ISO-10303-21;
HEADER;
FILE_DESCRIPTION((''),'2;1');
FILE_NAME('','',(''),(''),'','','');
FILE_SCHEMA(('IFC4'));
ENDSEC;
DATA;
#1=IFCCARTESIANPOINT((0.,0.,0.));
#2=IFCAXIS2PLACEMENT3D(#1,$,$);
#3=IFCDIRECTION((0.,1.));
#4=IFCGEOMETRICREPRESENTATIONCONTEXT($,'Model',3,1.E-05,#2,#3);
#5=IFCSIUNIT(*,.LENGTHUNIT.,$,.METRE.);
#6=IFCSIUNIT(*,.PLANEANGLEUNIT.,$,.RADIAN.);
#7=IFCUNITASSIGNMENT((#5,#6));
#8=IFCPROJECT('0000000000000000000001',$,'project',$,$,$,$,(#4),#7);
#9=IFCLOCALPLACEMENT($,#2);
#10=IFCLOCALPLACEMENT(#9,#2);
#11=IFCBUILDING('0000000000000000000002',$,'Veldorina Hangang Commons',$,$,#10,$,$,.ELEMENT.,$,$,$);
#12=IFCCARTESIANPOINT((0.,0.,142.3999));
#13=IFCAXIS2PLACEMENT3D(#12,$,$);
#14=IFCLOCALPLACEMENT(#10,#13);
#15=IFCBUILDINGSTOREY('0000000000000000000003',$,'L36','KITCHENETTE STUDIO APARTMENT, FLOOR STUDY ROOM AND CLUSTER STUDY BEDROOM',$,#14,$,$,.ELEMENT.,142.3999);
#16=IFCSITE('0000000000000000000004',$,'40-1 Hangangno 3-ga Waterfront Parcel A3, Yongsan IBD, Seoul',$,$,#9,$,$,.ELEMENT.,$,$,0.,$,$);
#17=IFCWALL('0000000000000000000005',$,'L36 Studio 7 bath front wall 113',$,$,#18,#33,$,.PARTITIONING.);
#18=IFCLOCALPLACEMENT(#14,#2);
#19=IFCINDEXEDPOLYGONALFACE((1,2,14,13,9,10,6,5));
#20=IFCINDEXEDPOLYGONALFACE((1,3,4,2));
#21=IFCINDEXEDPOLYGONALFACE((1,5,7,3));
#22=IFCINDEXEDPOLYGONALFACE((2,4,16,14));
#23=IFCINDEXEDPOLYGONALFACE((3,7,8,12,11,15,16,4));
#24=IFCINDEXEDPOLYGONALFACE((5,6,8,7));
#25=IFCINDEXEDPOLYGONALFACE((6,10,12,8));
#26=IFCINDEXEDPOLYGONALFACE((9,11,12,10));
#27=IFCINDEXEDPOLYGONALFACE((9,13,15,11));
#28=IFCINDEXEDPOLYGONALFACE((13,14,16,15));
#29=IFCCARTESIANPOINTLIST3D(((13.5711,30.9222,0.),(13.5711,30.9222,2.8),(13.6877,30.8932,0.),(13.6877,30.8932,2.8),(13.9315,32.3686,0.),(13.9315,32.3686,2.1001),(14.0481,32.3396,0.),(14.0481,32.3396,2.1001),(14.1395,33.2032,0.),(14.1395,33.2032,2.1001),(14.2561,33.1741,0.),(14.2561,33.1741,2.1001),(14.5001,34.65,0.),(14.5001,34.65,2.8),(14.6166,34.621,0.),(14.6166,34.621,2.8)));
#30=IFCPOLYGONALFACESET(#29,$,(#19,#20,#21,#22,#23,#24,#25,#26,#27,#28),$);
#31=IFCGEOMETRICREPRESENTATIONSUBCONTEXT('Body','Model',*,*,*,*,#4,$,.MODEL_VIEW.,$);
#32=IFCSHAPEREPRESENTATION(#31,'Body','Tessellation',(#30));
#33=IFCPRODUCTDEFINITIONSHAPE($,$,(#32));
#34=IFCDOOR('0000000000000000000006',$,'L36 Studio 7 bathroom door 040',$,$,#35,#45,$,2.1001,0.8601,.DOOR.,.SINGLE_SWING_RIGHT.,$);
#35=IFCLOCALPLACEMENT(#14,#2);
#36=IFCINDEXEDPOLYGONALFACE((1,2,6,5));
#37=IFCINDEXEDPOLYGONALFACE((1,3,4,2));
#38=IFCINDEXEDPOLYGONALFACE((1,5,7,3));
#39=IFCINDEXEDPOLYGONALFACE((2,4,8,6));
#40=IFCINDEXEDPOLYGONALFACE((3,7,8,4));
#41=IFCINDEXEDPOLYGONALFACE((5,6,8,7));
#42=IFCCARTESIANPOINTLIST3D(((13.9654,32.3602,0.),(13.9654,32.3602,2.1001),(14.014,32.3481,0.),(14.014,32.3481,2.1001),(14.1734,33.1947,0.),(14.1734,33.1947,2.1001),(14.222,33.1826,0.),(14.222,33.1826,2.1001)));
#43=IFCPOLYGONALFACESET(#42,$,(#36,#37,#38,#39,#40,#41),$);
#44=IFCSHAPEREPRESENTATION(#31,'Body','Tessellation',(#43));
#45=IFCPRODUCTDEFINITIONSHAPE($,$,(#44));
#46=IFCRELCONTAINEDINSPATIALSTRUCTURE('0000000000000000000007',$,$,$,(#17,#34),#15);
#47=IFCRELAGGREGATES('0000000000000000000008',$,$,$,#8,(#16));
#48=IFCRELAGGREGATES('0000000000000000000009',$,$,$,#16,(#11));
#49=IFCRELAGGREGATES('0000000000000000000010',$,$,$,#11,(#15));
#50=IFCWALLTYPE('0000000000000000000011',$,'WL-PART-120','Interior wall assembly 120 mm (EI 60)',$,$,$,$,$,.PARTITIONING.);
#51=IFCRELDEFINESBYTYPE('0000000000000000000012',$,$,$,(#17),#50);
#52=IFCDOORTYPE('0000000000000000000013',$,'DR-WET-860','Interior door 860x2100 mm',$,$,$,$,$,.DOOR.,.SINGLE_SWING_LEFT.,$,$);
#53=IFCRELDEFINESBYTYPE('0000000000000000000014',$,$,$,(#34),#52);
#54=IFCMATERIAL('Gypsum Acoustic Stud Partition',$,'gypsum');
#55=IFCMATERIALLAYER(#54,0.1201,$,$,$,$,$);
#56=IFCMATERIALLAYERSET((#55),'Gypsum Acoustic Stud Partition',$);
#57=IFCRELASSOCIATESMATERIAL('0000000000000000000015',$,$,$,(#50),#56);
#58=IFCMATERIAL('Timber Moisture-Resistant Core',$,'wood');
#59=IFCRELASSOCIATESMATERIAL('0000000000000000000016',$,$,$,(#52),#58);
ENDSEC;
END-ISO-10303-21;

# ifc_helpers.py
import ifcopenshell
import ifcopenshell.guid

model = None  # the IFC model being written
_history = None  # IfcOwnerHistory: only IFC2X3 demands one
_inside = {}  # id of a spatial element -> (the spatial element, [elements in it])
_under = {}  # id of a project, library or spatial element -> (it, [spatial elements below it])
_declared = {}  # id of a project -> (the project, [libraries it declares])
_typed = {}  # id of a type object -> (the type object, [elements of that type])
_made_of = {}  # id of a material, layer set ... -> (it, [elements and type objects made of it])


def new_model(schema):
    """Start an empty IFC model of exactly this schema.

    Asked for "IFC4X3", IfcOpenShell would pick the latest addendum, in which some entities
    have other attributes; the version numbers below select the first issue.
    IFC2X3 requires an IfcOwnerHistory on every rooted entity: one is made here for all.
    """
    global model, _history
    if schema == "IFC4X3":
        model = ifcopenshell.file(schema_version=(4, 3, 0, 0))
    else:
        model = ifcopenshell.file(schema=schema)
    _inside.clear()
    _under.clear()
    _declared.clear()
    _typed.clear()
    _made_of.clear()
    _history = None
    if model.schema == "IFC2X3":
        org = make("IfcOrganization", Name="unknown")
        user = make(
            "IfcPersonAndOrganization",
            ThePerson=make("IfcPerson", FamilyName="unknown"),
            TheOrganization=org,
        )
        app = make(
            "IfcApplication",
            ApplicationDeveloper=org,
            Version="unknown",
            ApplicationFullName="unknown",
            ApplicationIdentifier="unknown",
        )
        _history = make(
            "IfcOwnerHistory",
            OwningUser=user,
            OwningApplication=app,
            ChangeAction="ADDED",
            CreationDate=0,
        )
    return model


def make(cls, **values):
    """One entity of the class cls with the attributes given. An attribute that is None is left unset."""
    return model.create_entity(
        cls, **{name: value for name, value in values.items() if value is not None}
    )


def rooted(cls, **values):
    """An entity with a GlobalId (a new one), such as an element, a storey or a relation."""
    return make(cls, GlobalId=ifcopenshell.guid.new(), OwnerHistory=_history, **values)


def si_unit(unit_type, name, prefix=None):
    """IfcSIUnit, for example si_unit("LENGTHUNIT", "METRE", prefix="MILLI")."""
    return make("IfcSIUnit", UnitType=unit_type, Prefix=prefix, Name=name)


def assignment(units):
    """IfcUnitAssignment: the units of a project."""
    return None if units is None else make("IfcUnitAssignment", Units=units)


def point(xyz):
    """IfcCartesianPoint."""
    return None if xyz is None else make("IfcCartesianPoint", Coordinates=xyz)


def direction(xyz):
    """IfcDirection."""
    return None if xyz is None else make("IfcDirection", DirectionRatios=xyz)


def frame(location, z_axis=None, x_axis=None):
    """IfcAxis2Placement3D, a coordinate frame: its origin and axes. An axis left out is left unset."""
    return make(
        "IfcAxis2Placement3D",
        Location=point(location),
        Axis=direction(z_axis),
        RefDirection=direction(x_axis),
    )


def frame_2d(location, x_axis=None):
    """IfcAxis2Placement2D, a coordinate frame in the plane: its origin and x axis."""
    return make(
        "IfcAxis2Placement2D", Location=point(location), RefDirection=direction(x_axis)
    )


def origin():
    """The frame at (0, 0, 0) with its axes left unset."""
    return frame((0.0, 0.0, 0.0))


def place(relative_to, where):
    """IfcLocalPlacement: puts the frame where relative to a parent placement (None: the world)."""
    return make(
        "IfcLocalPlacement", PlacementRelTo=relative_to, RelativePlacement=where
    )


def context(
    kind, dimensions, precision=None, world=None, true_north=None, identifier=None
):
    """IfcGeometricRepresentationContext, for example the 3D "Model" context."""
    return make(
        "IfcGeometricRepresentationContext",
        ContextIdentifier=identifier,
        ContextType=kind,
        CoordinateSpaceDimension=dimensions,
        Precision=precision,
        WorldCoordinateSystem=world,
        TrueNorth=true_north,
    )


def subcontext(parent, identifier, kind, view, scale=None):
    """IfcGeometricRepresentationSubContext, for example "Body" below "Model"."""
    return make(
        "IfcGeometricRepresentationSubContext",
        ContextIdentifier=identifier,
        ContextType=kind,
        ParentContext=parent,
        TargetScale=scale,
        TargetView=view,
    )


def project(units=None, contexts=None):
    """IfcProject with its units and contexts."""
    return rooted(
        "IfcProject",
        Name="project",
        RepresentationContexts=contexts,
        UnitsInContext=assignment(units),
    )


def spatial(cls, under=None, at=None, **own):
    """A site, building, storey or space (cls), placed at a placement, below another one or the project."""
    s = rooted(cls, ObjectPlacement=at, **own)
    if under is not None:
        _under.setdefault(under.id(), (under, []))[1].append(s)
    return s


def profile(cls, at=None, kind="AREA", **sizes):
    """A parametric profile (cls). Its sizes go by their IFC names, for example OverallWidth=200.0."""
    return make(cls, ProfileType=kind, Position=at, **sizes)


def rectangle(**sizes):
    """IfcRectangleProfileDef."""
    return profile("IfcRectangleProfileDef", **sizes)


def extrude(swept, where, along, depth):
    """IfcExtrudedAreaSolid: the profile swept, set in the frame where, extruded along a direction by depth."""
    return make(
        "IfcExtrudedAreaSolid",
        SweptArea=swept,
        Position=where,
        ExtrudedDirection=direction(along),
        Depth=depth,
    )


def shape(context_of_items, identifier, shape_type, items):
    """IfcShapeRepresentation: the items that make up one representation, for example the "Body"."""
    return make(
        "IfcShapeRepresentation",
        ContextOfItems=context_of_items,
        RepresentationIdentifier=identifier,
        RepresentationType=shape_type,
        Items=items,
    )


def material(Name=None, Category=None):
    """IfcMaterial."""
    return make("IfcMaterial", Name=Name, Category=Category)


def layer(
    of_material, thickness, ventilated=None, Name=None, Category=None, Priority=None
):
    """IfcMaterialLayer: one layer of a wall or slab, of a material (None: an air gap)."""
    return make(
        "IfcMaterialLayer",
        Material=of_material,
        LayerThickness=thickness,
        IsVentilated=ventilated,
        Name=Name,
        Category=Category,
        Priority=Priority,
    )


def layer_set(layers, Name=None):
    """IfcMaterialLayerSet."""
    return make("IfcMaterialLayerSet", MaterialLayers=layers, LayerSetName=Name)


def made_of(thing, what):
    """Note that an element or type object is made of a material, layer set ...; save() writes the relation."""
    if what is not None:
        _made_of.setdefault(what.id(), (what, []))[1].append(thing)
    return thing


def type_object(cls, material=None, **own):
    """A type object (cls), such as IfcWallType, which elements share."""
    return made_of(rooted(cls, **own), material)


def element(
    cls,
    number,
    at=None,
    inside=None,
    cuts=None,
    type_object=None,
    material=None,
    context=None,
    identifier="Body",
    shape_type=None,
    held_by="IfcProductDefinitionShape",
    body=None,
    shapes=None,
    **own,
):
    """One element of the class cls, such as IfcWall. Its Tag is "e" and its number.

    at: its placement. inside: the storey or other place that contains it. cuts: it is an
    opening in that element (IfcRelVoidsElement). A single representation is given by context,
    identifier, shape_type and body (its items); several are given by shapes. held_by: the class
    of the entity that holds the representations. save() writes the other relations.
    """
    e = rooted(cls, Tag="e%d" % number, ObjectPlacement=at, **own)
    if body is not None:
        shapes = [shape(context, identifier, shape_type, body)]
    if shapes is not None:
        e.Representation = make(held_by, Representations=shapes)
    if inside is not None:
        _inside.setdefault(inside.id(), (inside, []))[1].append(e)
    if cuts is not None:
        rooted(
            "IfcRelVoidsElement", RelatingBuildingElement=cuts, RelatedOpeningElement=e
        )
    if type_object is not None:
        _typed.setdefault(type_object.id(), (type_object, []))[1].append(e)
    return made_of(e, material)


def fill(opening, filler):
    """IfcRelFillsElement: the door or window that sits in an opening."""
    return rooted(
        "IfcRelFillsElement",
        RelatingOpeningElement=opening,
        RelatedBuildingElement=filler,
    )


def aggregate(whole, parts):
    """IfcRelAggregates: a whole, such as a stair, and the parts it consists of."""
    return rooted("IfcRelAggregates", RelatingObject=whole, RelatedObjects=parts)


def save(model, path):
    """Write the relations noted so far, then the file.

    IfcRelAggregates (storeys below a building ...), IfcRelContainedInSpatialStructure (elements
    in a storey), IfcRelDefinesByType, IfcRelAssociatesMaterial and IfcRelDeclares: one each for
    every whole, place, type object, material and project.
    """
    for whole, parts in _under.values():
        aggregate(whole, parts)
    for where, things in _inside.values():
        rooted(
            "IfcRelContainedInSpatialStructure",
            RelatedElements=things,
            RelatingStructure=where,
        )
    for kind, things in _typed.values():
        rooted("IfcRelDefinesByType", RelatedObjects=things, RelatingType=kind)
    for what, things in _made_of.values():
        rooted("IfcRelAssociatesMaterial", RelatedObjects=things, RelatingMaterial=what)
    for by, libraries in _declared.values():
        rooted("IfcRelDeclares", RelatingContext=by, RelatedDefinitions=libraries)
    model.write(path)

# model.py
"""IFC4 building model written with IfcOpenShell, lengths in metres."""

from ifc_helpers import new_model, si_unit, direction, frame, frame_2d, origin, place, context, subcontext, project, spatial, rectangle, extrude, material, layer, layer_set, type_object, element, fill, save


model = new_model("IFC4")

# Units and contexts
model_context = context("Model", 3, precision=1e-05, world=origin(), true_north=direction((0.0, 1.0)))
body_context = subcontext(model_context, "Body", "Model", "MODEL_VIEW")
ifc_project = project(units=[si_unit("LENGTHUNIT", "METRE"), si_unit("PLANEANGLEUNIT", "RADIAN")], contexts=[model_context])

# Site, building, storey
site_placement = place(None, origin())
site = spatial("IfcSite", under=ifc_project, at=site_placement, Name="40-1 Hangangno 3-ga Waterfront Parcel A3, Yongsan IBD, Seoul", CompositionType="ELEMENT", RefElevation=0.0)
building_placement = place(site_placement, origin())
building = spatial("IfcBuilding", under=site, at=building_placement, Name="Veldorina Hangang Commons", CompositionType="ELEMENT")
storey_placement = place(building_placement, frame((0.0, 0.0, 142.3999)))
storey = spatial("IfcBuildingStorey", under=building, at=storey_placement, Name="L36", Description="KITCHENETTE STUDIO APARTMENT, FLOOR STUDY ROOM AND CLUSTER STUDY BEDROOM", CompositionType="ELEMENT", Elevation=142.3999)

# Wall, opening, door
ifc_material_1 = material(Name="Gypsum Acoustic Stud Partition", Category="gypsum")
ifc_layer_1 = layer(ifc_material_1, 0.1201)
ifc_layer_set_1 = layer_set([ifc_layer_1], Name="Gypsum Acoustic Stud Partition")
wall_type_1 = type_object("IfcWallType", Name="WL-PART-120", Description="Interior wall assembly 120 mm (EI 60)", PredefinedType="PARTITIONING", material=ifc_layer_set_1)
wall_1_placement = place(storey_placement, frame((14.5583, 34.6355, 0.0), z_axis=(0.0, 0.0, 1.0), x_axis=(-0.241803, -0.970325, 0.0)))
wall_1 = element("IfcWall", 1, at=wall_1_placement, inside=storey, type_object=wall_type_1, Name="L36 Studio 7 bath front wall 113", PredefinedType="PARTITIONING", context=body_context, shape_type="SweptSolid", body=[
    extrude(rectangle(XDim=3.8418, YDim=0.1201, at=frame_2d((1.9209, 0.0))), origin(), (0.0, 0.0, 1.0), 2.8),
])
opening_1_placement = place(wall_1_placement, frame((1.491, 0.0, 0.0)))
opening_1 = element("IfcOpeningElement", 2, at=opening_1_placement, cuts=wall_1, PredefinedType="OPENING", context=body_context, shape_type="SweptSolid", body=[
    extrude(rectangle(XDim=0.8601, YDim=2.1001, at=frame_2d((0.4302, 1.05))), frame((0.0, 0.0701, 0.0), z_axis=(0.0, -1.0, 0.0), x_axis=(1.0, 0.0, 0.0)), (0.0, 0.0, 1.0), 0.1401),
])
ifc_material_2 = material(Name="Timber Moisture-Resistant Core", Category="wood")
door_type = type_object("IfcDoorType", Name="DR-WET-860", Description="Interior door 860x2100 mm", OperationType="SINGLE_SWING_LEFT", PredefinedType="DOOR", material=ifc_material_2)
door_placement = place(opening_1_placement, origin())
door = element("IfcDoor", 3, at=door_placement, inside=storey, type_object=door_type, Name="L36 Studio 7 bathroom door 040", OperationType="SINGLE_SWING_RIGHT", OverallHeight=2.1001, OverallWidth=0.8601, PredefinedType="DOOR", context=body_context, shape_type="SweptSolid", body=[
    extrude(rectangle(XDim=0.8601, YDim=2.1001, at=frame_2d((0.4302, 1.05))), frame((0.0, 0.0249, 0.0), z_axis=(0.0, -1.0, 0.0), x_axis=(1.0, 0.0, 0.0)), (0.0, 0.0, 1.0), 0.05),
])
fill(opening_1, door)

save(model, "model.ifc")
